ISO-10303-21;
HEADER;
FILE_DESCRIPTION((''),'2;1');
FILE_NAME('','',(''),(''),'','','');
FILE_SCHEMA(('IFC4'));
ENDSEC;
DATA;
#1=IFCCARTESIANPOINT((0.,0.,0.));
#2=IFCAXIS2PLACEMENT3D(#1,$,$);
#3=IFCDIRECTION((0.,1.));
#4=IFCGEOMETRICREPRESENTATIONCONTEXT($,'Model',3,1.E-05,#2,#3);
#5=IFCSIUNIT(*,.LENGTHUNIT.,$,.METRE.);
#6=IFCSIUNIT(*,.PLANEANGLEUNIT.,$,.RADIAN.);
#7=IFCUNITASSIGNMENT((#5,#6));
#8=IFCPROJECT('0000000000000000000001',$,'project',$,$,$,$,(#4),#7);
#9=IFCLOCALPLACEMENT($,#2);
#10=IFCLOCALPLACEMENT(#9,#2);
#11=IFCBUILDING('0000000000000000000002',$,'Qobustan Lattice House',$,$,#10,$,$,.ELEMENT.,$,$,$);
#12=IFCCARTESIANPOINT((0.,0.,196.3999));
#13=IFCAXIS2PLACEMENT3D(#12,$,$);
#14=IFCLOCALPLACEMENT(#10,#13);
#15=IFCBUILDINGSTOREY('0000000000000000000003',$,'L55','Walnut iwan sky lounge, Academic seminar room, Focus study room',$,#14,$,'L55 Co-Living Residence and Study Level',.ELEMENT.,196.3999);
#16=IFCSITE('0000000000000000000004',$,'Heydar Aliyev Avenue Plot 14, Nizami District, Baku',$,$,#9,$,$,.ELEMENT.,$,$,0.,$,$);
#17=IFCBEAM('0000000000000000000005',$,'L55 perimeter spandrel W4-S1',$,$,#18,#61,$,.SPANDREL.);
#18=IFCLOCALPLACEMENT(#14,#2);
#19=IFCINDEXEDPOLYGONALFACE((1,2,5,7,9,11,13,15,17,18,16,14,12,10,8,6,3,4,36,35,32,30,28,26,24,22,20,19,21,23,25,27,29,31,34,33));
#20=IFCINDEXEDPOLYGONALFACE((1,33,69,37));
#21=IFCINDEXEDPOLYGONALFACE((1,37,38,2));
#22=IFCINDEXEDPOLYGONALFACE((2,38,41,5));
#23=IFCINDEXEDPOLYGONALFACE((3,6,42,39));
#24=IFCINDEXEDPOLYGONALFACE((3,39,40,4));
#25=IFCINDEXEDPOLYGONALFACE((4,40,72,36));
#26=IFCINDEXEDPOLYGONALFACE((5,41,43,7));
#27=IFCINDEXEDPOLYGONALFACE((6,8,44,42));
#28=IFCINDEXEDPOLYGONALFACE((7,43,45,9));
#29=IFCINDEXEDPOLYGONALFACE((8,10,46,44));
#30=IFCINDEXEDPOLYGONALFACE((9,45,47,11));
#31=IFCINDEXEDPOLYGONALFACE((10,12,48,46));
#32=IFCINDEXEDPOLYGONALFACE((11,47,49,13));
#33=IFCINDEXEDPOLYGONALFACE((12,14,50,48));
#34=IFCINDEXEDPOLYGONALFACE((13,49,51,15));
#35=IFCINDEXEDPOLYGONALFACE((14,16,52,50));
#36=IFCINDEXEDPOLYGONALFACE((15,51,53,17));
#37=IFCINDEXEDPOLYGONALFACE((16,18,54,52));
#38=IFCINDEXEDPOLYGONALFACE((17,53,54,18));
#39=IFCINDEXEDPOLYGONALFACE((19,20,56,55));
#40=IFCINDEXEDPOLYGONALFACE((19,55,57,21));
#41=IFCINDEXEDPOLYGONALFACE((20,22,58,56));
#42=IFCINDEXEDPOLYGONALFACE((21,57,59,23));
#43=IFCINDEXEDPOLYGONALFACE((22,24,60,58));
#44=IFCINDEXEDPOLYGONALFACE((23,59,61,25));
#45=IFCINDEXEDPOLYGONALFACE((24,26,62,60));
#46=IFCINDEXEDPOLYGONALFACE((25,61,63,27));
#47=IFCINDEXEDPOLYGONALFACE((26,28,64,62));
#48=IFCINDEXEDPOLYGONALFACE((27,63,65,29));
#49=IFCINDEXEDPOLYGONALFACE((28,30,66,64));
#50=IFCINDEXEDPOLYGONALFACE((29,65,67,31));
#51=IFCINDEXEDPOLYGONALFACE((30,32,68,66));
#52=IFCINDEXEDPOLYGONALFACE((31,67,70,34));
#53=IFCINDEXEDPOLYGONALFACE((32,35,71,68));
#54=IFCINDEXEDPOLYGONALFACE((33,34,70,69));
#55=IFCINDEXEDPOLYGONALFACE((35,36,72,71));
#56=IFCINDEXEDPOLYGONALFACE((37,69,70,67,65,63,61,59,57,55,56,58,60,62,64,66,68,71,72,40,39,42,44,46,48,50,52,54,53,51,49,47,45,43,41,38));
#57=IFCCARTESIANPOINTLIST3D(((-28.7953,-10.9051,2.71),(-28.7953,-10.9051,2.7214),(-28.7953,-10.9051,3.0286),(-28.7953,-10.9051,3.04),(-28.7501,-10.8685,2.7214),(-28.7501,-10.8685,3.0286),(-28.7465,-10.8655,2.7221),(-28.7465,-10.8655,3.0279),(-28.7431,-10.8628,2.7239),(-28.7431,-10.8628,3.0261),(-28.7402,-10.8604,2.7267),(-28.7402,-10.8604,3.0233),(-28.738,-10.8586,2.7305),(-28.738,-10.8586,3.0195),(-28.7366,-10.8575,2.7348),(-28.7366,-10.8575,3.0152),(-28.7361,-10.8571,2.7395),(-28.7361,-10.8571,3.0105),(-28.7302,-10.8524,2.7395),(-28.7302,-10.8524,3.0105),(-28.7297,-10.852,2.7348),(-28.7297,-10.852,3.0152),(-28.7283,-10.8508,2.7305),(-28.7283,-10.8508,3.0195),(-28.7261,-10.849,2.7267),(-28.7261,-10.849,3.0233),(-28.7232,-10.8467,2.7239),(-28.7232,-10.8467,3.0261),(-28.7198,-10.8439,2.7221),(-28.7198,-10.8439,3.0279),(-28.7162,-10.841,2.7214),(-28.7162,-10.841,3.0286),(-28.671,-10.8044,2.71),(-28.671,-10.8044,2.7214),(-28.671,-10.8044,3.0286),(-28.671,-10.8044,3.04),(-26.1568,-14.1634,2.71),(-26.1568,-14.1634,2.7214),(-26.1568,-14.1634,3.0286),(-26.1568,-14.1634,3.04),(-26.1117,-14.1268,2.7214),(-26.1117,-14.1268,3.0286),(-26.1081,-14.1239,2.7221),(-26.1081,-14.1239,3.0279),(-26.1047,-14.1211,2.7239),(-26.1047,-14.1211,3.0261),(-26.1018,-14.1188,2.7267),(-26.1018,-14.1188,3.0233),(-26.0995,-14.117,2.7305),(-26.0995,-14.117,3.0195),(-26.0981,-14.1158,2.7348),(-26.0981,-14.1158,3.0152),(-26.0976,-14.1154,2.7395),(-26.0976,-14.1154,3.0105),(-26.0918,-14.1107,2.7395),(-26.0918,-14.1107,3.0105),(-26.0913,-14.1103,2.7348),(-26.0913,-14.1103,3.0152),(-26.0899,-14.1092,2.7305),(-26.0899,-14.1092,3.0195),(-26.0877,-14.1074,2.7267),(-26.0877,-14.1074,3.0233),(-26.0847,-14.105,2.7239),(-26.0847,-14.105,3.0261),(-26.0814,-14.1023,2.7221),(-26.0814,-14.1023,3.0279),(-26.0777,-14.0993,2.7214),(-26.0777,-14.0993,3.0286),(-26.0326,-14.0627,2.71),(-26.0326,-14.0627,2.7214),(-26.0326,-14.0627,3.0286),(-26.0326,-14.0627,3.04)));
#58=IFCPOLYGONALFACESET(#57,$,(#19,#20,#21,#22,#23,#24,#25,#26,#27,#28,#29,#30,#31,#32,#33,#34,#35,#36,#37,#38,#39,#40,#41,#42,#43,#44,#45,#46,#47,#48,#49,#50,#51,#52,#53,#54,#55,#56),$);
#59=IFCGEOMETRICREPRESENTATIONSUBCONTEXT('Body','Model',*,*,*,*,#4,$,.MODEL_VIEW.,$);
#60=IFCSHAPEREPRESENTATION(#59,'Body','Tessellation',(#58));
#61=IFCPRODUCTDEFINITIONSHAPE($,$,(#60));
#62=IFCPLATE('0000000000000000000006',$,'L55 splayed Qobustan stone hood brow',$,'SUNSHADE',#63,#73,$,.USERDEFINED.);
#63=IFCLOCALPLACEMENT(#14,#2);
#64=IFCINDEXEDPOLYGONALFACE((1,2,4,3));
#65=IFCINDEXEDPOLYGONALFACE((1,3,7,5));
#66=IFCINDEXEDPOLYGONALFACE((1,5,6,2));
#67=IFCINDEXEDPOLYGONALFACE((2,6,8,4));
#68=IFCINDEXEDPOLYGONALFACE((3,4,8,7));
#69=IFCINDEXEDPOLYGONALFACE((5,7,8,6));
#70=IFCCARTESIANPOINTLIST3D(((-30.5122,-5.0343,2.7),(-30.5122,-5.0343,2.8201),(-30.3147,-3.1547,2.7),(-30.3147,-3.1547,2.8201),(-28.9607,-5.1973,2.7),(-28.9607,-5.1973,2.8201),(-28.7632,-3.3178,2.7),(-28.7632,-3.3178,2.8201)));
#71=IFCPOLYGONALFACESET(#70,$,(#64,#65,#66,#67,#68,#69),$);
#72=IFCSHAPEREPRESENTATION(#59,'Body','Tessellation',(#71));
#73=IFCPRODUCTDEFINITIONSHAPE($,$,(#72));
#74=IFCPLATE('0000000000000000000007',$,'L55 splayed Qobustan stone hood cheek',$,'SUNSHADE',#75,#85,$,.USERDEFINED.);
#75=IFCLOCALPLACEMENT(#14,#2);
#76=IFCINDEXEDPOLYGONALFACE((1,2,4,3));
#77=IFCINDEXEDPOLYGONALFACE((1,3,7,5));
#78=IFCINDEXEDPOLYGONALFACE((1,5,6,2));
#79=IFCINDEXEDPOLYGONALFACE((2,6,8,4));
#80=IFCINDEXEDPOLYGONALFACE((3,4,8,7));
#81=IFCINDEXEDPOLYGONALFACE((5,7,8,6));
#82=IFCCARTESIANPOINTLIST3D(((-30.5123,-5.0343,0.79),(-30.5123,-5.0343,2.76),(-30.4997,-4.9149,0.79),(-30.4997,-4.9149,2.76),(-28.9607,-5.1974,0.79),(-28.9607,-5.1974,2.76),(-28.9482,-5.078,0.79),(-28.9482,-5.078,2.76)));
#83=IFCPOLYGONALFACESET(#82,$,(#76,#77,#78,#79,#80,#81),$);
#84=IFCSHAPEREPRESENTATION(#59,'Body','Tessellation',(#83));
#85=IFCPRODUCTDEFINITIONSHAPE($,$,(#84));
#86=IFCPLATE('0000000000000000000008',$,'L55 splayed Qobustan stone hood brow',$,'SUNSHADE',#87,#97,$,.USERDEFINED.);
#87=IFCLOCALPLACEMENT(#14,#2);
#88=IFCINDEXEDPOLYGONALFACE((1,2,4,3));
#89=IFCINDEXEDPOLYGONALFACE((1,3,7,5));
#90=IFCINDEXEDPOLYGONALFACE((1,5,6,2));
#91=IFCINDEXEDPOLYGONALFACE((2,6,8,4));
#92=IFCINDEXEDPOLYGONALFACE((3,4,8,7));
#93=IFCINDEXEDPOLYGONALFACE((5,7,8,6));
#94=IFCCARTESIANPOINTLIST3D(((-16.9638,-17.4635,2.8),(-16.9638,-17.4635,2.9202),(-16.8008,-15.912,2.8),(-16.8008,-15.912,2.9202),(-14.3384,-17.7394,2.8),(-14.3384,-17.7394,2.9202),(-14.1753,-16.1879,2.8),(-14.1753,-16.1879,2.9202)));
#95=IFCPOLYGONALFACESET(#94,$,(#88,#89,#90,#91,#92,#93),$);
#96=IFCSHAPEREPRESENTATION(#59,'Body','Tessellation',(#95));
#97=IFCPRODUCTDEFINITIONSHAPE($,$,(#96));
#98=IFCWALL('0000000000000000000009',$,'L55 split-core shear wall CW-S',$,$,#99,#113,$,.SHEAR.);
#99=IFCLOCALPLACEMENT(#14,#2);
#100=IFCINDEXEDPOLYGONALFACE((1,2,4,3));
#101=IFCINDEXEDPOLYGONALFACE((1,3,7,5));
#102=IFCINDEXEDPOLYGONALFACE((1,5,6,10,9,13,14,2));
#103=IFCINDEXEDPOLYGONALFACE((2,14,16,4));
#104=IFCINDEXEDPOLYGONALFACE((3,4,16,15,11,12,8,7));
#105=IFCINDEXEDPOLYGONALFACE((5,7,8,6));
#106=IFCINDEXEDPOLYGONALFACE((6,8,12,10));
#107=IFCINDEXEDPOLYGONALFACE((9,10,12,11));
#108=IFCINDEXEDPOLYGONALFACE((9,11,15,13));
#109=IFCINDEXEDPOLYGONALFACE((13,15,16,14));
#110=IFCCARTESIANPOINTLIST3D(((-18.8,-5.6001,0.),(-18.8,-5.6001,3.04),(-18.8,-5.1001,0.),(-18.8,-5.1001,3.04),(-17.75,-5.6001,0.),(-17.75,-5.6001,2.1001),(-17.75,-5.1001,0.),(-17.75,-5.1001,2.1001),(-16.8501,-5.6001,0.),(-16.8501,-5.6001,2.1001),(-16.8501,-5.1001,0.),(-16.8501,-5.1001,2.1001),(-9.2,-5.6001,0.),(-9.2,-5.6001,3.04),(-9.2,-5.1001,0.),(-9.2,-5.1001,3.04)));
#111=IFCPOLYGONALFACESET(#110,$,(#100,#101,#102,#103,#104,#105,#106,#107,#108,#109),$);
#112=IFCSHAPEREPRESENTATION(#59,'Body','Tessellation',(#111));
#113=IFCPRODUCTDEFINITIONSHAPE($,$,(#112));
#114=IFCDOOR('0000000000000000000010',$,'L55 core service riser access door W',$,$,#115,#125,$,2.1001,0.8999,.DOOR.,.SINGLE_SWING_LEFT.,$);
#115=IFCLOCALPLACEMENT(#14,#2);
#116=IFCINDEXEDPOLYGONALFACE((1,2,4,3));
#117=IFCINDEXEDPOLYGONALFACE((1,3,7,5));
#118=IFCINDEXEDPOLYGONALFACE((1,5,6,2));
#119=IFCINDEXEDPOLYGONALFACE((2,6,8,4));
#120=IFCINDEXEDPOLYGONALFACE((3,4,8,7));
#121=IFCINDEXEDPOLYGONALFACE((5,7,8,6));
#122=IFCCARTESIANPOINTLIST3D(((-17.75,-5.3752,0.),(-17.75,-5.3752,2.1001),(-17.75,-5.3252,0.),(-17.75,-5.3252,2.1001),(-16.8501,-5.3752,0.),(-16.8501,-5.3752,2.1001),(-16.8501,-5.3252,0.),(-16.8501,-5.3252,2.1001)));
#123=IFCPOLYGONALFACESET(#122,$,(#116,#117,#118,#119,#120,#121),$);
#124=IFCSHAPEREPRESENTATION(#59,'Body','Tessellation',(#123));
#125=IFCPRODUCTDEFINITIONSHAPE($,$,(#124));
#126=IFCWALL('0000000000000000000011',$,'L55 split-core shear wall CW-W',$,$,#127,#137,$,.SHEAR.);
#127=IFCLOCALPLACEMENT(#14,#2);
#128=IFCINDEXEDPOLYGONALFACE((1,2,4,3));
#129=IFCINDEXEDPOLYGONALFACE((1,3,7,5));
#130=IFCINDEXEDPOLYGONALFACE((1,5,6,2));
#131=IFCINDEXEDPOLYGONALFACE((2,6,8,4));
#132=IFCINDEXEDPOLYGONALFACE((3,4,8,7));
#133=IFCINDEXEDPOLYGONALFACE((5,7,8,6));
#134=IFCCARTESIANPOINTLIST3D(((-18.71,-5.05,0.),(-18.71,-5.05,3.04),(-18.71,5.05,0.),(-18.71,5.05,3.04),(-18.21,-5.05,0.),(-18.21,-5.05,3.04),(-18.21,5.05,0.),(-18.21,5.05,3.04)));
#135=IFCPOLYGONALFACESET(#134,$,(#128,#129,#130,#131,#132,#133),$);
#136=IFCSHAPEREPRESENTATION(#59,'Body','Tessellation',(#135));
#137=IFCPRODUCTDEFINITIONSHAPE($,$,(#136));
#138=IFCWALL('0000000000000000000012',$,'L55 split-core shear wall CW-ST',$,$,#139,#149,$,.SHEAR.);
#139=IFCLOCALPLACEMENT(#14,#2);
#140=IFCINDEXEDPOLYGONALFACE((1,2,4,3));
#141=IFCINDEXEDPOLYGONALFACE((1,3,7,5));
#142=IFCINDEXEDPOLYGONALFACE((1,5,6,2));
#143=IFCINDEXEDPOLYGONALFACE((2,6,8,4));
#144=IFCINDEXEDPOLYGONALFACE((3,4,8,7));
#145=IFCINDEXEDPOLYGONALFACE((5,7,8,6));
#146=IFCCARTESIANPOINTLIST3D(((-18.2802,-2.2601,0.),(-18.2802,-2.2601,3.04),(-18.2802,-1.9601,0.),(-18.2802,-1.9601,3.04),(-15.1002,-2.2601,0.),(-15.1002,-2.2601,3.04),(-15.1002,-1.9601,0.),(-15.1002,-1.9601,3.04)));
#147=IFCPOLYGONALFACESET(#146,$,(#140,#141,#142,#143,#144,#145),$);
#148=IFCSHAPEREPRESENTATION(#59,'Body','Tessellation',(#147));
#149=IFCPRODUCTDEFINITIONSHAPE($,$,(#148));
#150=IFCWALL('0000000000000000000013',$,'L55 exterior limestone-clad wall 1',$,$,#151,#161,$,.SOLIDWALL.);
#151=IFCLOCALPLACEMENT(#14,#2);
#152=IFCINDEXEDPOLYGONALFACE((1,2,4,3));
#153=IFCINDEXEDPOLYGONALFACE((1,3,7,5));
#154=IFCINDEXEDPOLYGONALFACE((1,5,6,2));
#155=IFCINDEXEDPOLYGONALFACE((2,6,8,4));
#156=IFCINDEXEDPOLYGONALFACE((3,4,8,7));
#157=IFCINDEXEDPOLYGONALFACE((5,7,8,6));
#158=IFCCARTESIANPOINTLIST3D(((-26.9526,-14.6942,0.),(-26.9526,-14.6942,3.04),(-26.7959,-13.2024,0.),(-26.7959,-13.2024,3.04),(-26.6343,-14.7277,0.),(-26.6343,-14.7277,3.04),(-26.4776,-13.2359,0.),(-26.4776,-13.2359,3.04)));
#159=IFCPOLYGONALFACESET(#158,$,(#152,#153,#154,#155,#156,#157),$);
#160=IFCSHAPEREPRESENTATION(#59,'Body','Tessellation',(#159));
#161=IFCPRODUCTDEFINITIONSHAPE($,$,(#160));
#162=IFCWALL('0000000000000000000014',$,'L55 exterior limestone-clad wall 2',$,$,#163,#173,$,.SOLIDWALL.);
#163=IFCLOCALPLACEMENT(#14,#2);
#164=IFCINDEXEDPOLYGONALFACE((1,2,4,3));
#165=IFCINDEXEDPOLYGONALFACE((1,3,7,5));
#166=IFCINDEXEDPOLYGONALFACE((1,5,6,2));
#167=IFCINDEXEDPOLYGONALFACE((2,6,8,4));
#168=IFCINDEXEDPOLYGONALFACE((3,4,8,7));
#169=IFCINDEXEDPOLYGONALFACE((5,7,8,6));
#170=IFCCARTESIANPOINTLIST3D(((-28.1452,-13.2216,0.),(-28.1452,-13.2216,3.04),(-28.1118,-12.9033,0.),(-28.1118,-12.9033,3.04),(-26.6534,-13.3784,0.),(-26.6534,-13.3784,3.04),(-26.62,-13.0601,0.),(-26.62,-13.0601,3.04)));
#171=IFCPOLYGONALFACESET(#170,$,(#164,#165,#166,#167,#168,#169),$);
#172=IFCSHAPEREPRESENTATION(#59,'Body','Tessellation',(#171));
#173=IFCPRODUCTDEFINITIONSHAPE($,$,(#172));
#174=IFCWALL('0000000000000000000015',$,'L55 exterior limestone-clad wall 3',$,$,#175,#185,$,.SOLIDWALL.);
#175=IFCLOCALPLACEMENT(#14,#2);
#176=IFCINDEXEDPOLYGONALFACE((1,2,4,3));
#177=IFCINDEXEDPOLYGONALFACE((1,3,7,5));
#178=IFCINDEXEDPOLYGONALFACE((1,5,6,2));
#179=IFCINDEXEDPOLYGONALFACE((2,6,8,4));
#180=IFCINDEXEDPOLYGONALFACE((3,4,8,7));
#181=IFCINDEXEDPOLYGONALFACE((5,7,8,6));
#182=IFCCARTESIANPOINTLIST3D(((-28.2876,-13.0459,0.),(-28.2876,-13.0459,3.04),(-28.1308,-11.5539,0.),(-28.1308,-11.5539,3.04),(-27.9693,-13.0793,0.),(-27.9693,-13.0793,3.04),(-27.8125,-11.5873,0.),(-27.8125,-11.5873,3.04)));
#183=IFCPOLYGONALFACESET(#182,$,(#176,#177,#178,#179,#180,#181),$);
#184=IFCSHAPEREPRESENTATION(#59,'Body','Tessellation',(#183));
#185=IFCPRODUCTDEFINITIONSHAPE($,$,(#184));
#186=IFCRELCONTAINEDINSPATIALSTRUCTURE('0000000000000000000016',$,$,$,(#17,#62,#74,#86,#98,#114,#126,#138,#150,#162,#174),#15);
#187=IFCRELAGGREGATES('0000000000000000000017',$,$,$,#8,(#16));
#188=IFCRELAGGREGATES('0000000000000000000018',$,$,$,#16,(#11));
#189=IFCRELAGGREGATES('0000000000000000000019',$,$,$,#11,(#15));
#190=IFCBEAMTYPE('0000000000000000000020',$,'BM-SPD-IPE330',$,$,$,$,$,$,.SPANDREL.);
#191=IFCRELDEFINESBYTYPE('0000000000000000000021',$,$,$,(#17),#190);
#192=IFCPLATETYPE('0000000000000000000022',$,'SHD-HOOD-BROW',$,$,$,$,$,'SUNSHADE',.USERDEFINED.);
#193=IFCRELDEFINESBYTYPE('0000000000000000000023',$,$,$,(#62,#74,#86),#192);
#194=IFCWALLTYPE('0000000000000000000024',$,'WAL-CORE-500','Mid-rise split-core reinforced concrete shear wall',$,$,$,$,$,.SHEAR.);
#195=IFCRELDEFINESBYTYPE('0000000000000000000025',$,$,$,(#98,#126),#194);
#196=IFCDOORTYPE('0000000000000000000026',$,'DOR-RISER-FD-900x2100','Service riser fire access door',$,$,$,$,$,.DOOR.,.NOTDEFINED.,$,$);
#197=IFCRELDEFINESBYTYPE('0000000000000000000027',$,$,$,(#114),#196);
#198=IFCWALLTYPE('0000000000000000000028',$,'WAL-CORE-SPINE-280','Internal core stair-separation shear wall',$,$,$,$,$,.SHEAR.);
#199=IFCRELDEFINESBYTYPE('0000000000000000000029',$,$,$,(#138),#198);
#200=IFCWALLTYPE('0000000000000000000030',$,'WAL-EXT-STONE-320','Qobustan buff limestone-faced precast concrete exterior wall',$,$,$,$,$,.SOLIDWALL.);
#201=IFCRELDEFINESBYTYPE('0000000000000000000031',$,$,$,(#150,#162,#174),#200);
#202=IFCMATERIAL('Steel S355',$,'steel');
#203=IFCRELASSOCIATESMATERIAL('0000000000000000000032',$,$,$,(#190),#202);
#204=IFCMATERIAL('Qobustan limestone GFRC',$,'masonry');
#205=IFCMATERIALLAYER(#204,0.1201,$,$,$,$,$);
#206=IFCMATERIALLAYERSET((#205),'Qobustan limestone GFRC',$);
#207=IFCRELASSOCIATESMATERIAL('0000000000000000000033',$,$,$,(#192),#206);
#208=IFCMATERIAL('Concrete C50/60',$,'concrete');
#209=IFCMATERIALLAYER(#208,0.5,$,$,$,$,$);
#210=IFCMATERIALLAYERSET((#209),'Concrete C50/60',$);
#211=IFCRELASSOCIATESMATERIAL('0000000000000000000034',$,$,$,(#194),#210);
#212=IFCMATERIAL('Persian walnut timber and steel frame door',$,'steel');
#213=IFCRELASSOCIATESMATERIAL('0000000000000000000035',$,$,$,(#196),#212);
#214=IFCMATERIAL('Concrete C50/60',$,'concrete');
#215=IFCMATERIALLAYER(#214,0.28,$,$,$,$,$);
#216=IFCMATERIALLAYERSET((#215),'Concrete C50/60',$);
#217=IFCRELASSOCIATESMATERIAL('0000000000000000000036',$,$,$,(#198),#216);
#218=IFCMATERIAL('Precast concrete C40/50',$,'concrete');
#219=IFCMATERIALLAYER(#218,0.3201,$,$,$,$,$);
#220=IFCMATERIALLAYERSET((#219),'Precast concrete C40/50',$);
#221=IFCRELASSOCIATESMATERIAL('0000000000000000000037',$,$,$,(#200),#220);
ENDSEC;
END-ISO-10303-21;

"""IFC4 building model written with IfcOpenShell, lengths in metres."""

from ifc_helpers import new_model, si_unit, direction, frame, frame_2d, origin, origin_2d, place, context, subcontext, project, spatial, rectangle, i_section, extrude, material, layer, layer_set, material_profile, profile_set, type_object, element, fill, save


model = new_model("IFC4")

# Units and contexts
model_context = context("Model", 3, precision=1e-05, world=origin(), true_north=direction((0.0, 1.0)))
body_context = subcontext(model_context, "Body", "Model", "MODEL_VIEW")
ifc_project = project(units=[si_unit("LENGTHUNIT", "METRE"), si_unit("PLANEANGLEUNIT", "RADIAN")], contexts=[model_context])

# Site, building, storey
site_placement = place(None, origin())
site = spatial("IfcSite", under=ifc_project, at=site_placement, Name="Heydar Aliyev Avenue Plot 14, Nizami District, Baku", CompositionType="ELEMENT", RefElevation=0.0)
building_placement = place(site_placement, origin())
building = spatial("IfcBuilding", under=site, at=building_placement, Name="Qobustan Lattice House", CompositionType="ELEMENT")
storey_placement = place(building_placement, frame((0.0, 0.0, 196.3999)))
storey = spatial("IfcBuildingStorey", under=building, at=storey_placement, Name="L55", Description="Walnut iwan sky lounge, Academic seminar room, Focus study room", LongName="L55 Co-Living Residence and Study Level", CompositionType="ELEMENT", Elevation=196.3999)

# Beam
ifc_material_1 = material(Name="Steel S355", Category="steel")
ifc_material_profile_1 = material_profile(ifc_material_1, i_section(OverallWidth=0.1599, OverallDepth=0.3301, WebThickness=0.0076, FlangeThickness=0.0115, FilletRadius=0.0181, at=origin_2d()), Name="IPE330")
ifc_profile_set_1 = profile_set([ifc_material_profile_1], Name="Steel S355")
beam_type_1 = type_object("IfcBeamType", Name="BM-SPD-IPE330", PredefinedType="SPANDREL", material=ifc_profile_set_1)
beam_1_placement = place(storey_placement, frame((-28.7332, -10.8547, 2.875), z_axis=(0.629307, -0.777157, 0.0), x_axis=(0.777157, 0.629307, 0.0)))
element("IfcBeam", 1, at=beam_1_placement, inside=storey, type_object=beam_type_1, Name="L55 perimeter spandrel W4-S1", PredefinedType="SPANDREL", context=body_context, shape_type="SweptSolid", body=[
    extrude(i_section(OverallWidth=0.1599, OverallDepth=0.3301, WebThickness=0.0076, FlangeThickness=0.0115, FilletRadius=0.0181, at=origin_2d()), origin(), (0.0, 0.0, 1.0), 4.1926),
])

# Plates
ifc_material_2 = material(Name="Qobustan limestone GFRC", Category="masonry")
ifc_layer_1 = layer(ifc_material_2, 0.1201)
ifc_layer_set_1 = layer_set([ifc_layer_1], Name="Qobustan limestone GFRC")
plate_type = type_object("IfcPlateType", Name="SHD-HOOD-BROW", ElementType="SUNSHADE", PredefinedType="USERDEFINED", material=ifc_layer_set_1)
plate_1_placement = place(storey_placement, frame((-29.6377, -4.176, 2.7), z_axis=(0.0, 0.0, 1.0), x_axis=(0.104528, 0.994522, 0.0)))
element("IfcPlate", 2, at=plate_1_placement, inside=storey, type_object=plate_type, Name="L55 splayed Qobustan stone hood brow", ObjectType="SUNSHADE", PredefinedType="USERDEFINED", context=body_context, shape_type="SweptSolid", body=[
    extrude(rectangle(XDim=1.8899, YDim=1.5601, at=origin_2d()), origin(), (0.0, 0.0, 1.0), 0.1201),
])
plate_2_placement = place(storey_placement, frame((-29.7302, -5.0562, 0.79), z_axis=(0.0, 0.0, 1.0), x_axis=(0.104528, 0.994522, 0.0)))
element("IfcPlate", 3, at=plate_2_placement, inside=storey, type_object=plate_type, Name="L55 splayed Qobustan stone hood cheek", ObjectType="SUNSHADE", PredefinedType="USERDEFINED", context=body_context, shape_type="SweptSolid", body=[
    extrude(rectangle(XDim=0.1201, YDim=1.5601, at=origin_2d()), origin(), (0.0, 0.0, 1.0), 1.97),
])
plate_3_placement = place(storey_placement, frame((-15.5696, -16.8257, 2.8), z_axis=(0.0, 0.0, 1.0), x_axis=(-0.994522, 0.104528, 0.0)))
element("IfcPlate", 4, at=plate_3_placement, inside=storey, type_object=plate_type, Name="L55 splayed Qobustan stone hood brow", ObjectType="SUNSHADE", PredefinedType="USERDEFINED", context=body_context, shape_type="SweptSolid", body=[
    extrude(rectangle(XDim=2.6399, YDim=1.5601, at=origin_2d()), origin(), (0.0, 0.0, 1.0), 0.1201),
])

# Wall, opening, door
ifc_material_3 = material(Name="Concrete C50/60", Category="concrete")
ifc_layer_2 = layer(ifc_material_3, 0.5)
ifc_layer_set_2 = layer_set([ifc_layer_2], Name="Concrete C50/60")
wall_type_1 = type_object("IfcWallType", Name="WAL-CORE-500", Description="Mid-rise split-core reinforced concrete shear wall", PredefinedType="SHEAR", material=ifc_layer_set_2)
wall_1_placement = place(storey_placement, frame((-18.8, -5.3501, 0.0), z_axis=(0.0, 0.0, 1.0), x_axis=(1.0, 0.0, 0.0)))
wall_1 = element("IfcWall", 5, at=wall_1_placement, inside=storey, type_object=wall_type_1, Name="L55 split-core shear wall CW-S", PredefinedType="SHEAR", context=body_context, shape_type="SweptSolid", body=[
    extrude(rectangle(XDim=9.6001, YDim=0.5, at=frame_2d((4.8, 0.0))), origin(), (0.0, 0.0, 1.0), 3.04),
])
opening_1_placement = place(wall_1_placement, frame((1.05, 0.0, 0.0)))
opening_1 = element("IfcOpeningElement", 6, at=opening_1_placement, cuts=wall_1, PredefinedType="OPENING", context=body_context, shape_type="SweptSolid", body=[
    extrude(rectangle(XDim=0.8999, YDim=2.1001, at=frame_2d((0.45, 1.05))), frame((0.0, 0.26, 0.0), z_axis=(0.0, -1.0, 0.0), x_axis=(1.0, 0.0, 0.0)), (0.0, 0.0, 1.0), 0.52),
])
ifc_material_4 = material(Name="Persian walnut timber and steel frame door", Category="steel")
door_type_1 = type_object("IfcDoorType", Name="DOR-RISER-FD-900x2100", Description="Service riser fire access door", OperationType="NOTDEFINED", PredefinedType="DOOR", material=ifc_material_4)
door_1_placement = place(opening_1_placement, origin())
door_1 = element("IfcDoor", 7, at=door_1_placement, inside=storey, type_object=door_type_1, Name="L55 core service riser access door W", OperationType="SINGLE_SWING_LEFT", OverallHeight=2.1001, OverallWidth=0.8999, PredefinedType="DOOR", context=body_context, shape_type="SweptSolid", body=[
    extrude(rectangle(XDim=0.8999, YDim=2.1001, at=frame_2d((0.45, 1.05))), frame((0.0, 0.0249, 0.0), z_axis=(0.0, -1.0, 0.0), x_axis=(1.0, 0.0, 0.0)), (0.0, 0.0, 1.0), 0.05),
])
fill(opening_1, door_1)

# Walls
wall_2_placement = place(storey_placement, frame((-18.46, -5.05, 0.0), z_axis=(0.0, 0.0, 1.0), x_axis=(0.0, 1.0, 0.0)))
element("IfcWall", 8, at=wall_2_placement, inside=storey, type_object=wall_type_1, Name="L55 split-core shear wall CW-W", PredefinedType="SHEAR", context=body_context, shape_type="SweptSolid", body=[
    extrude(rectangle(XDim=10.1001, YDim=0.5, at=frame_2d((5.05, 0.0))), origin(), (0.0, 0.0, 1.0), 3.04),
])
ifc_material_5 = material(Name="Concrete C50/60", Category="concrete")
ifc_layer_3 = layer(ifc_material_5, 0.28)
ifc_layer_set_3 = layer_set([ifc_layer_3], Name="Concrete C50/60")
wall_type_2 = type_object("IfcWallType", Name="WAL-CORE-SPINE-280", Description="Internal core stair-separation shear wall", PredefinedType="SHEAR", material=ifc_layer_set_3)
wall_3_placement = place(storey_placement, frame((-18.28, -2.1101, 0.0), z_axis=(0.0, 0.0, 1.0), x_axis=(1.0, 0.0, 0.0)))
element("IfcWall", 9, at=wall_3_placement, inside=storey, type_object=wall_type_2, Name="L55 split-core shear wall CW-ST", PredefinedType="SHEAR", context=body_context, shape_type="SweptSolid", body=[
    extrude(rectangle(XDim=3.1799, YDim=0.3, at=frame_2d((1.5898, 0.0))), origin(), (0.0, 0.0, 1.0), 3.04),
])
ifc_material_6 = material(Name="Precast concrete C40/50", Category="concrete")
ifc_layer_4 = layer(ifc_material_6, 0.3201)
ifc_layer_set_4 = layer_set([ifc_layer_4], Name="Precast concrete C40/50")
wall_type_3 = type_object("IfcWallType", Name="WAL-EXT-STONE-320", Description="Qobustan buff limestone-faced precast concrete exterior wall", PredefinedType="SOLIDWALL", material=ifc_layer_set_4)
for number, where, z_axis, x_axis, name in (
    (10, (-26.7935, -14.7109, 0.0), (0.0, 0.0, 1.0), (0.104498, 0.994525, 0.0), "L55 exterior limestone-clad wall 1"),
    (11, (-26.6367, -13.2192, 0.0), (0.0, 0.0, 1.0), (-0.994525, 0.104498, 0.0), "L55 exterior limestone-clad wall 2"),
):
    element("IfcWall", number, at=place(storey_placement, frame(where, z_axis=z_axis, x_axis=x_axis)), inside=storey, type_object=wall_type_3, Name=name, PredefinedType="SOLIDWALL", context=body_context, shape_type="SweptSolid", body=[
        extrude(rectangle(XDim=1.5, YDim=0.3201, at=frame_2d((0.75, 0.0))), origin(), (0.0, 0.0, 1.0), 3.04),
    ])
wall_4_placement = place(storey_placement, frame((-28.1284, -13.0625, 0.0), z_axis=(0.0, 0.0, 1.0), x_axis=(0.104481, 0.994527, 0.0)))
element("IfcWall", 12, at=wall_4_placement, inside=storey, type_object=wall_type_3, Name="L55 exterior limestone-clad wall 3", PredefinedType="SOLIDWALL", context=body_context, shape_type="SweptSolid", body=[
    extrude(rectangle(XDim=1.5002, YDim=0.3201, at=frame_2d((0.75, 0.0))), origin(), (0.0, 0.0, 1.0), 3.04),
])

save(model, "model.ifc")
